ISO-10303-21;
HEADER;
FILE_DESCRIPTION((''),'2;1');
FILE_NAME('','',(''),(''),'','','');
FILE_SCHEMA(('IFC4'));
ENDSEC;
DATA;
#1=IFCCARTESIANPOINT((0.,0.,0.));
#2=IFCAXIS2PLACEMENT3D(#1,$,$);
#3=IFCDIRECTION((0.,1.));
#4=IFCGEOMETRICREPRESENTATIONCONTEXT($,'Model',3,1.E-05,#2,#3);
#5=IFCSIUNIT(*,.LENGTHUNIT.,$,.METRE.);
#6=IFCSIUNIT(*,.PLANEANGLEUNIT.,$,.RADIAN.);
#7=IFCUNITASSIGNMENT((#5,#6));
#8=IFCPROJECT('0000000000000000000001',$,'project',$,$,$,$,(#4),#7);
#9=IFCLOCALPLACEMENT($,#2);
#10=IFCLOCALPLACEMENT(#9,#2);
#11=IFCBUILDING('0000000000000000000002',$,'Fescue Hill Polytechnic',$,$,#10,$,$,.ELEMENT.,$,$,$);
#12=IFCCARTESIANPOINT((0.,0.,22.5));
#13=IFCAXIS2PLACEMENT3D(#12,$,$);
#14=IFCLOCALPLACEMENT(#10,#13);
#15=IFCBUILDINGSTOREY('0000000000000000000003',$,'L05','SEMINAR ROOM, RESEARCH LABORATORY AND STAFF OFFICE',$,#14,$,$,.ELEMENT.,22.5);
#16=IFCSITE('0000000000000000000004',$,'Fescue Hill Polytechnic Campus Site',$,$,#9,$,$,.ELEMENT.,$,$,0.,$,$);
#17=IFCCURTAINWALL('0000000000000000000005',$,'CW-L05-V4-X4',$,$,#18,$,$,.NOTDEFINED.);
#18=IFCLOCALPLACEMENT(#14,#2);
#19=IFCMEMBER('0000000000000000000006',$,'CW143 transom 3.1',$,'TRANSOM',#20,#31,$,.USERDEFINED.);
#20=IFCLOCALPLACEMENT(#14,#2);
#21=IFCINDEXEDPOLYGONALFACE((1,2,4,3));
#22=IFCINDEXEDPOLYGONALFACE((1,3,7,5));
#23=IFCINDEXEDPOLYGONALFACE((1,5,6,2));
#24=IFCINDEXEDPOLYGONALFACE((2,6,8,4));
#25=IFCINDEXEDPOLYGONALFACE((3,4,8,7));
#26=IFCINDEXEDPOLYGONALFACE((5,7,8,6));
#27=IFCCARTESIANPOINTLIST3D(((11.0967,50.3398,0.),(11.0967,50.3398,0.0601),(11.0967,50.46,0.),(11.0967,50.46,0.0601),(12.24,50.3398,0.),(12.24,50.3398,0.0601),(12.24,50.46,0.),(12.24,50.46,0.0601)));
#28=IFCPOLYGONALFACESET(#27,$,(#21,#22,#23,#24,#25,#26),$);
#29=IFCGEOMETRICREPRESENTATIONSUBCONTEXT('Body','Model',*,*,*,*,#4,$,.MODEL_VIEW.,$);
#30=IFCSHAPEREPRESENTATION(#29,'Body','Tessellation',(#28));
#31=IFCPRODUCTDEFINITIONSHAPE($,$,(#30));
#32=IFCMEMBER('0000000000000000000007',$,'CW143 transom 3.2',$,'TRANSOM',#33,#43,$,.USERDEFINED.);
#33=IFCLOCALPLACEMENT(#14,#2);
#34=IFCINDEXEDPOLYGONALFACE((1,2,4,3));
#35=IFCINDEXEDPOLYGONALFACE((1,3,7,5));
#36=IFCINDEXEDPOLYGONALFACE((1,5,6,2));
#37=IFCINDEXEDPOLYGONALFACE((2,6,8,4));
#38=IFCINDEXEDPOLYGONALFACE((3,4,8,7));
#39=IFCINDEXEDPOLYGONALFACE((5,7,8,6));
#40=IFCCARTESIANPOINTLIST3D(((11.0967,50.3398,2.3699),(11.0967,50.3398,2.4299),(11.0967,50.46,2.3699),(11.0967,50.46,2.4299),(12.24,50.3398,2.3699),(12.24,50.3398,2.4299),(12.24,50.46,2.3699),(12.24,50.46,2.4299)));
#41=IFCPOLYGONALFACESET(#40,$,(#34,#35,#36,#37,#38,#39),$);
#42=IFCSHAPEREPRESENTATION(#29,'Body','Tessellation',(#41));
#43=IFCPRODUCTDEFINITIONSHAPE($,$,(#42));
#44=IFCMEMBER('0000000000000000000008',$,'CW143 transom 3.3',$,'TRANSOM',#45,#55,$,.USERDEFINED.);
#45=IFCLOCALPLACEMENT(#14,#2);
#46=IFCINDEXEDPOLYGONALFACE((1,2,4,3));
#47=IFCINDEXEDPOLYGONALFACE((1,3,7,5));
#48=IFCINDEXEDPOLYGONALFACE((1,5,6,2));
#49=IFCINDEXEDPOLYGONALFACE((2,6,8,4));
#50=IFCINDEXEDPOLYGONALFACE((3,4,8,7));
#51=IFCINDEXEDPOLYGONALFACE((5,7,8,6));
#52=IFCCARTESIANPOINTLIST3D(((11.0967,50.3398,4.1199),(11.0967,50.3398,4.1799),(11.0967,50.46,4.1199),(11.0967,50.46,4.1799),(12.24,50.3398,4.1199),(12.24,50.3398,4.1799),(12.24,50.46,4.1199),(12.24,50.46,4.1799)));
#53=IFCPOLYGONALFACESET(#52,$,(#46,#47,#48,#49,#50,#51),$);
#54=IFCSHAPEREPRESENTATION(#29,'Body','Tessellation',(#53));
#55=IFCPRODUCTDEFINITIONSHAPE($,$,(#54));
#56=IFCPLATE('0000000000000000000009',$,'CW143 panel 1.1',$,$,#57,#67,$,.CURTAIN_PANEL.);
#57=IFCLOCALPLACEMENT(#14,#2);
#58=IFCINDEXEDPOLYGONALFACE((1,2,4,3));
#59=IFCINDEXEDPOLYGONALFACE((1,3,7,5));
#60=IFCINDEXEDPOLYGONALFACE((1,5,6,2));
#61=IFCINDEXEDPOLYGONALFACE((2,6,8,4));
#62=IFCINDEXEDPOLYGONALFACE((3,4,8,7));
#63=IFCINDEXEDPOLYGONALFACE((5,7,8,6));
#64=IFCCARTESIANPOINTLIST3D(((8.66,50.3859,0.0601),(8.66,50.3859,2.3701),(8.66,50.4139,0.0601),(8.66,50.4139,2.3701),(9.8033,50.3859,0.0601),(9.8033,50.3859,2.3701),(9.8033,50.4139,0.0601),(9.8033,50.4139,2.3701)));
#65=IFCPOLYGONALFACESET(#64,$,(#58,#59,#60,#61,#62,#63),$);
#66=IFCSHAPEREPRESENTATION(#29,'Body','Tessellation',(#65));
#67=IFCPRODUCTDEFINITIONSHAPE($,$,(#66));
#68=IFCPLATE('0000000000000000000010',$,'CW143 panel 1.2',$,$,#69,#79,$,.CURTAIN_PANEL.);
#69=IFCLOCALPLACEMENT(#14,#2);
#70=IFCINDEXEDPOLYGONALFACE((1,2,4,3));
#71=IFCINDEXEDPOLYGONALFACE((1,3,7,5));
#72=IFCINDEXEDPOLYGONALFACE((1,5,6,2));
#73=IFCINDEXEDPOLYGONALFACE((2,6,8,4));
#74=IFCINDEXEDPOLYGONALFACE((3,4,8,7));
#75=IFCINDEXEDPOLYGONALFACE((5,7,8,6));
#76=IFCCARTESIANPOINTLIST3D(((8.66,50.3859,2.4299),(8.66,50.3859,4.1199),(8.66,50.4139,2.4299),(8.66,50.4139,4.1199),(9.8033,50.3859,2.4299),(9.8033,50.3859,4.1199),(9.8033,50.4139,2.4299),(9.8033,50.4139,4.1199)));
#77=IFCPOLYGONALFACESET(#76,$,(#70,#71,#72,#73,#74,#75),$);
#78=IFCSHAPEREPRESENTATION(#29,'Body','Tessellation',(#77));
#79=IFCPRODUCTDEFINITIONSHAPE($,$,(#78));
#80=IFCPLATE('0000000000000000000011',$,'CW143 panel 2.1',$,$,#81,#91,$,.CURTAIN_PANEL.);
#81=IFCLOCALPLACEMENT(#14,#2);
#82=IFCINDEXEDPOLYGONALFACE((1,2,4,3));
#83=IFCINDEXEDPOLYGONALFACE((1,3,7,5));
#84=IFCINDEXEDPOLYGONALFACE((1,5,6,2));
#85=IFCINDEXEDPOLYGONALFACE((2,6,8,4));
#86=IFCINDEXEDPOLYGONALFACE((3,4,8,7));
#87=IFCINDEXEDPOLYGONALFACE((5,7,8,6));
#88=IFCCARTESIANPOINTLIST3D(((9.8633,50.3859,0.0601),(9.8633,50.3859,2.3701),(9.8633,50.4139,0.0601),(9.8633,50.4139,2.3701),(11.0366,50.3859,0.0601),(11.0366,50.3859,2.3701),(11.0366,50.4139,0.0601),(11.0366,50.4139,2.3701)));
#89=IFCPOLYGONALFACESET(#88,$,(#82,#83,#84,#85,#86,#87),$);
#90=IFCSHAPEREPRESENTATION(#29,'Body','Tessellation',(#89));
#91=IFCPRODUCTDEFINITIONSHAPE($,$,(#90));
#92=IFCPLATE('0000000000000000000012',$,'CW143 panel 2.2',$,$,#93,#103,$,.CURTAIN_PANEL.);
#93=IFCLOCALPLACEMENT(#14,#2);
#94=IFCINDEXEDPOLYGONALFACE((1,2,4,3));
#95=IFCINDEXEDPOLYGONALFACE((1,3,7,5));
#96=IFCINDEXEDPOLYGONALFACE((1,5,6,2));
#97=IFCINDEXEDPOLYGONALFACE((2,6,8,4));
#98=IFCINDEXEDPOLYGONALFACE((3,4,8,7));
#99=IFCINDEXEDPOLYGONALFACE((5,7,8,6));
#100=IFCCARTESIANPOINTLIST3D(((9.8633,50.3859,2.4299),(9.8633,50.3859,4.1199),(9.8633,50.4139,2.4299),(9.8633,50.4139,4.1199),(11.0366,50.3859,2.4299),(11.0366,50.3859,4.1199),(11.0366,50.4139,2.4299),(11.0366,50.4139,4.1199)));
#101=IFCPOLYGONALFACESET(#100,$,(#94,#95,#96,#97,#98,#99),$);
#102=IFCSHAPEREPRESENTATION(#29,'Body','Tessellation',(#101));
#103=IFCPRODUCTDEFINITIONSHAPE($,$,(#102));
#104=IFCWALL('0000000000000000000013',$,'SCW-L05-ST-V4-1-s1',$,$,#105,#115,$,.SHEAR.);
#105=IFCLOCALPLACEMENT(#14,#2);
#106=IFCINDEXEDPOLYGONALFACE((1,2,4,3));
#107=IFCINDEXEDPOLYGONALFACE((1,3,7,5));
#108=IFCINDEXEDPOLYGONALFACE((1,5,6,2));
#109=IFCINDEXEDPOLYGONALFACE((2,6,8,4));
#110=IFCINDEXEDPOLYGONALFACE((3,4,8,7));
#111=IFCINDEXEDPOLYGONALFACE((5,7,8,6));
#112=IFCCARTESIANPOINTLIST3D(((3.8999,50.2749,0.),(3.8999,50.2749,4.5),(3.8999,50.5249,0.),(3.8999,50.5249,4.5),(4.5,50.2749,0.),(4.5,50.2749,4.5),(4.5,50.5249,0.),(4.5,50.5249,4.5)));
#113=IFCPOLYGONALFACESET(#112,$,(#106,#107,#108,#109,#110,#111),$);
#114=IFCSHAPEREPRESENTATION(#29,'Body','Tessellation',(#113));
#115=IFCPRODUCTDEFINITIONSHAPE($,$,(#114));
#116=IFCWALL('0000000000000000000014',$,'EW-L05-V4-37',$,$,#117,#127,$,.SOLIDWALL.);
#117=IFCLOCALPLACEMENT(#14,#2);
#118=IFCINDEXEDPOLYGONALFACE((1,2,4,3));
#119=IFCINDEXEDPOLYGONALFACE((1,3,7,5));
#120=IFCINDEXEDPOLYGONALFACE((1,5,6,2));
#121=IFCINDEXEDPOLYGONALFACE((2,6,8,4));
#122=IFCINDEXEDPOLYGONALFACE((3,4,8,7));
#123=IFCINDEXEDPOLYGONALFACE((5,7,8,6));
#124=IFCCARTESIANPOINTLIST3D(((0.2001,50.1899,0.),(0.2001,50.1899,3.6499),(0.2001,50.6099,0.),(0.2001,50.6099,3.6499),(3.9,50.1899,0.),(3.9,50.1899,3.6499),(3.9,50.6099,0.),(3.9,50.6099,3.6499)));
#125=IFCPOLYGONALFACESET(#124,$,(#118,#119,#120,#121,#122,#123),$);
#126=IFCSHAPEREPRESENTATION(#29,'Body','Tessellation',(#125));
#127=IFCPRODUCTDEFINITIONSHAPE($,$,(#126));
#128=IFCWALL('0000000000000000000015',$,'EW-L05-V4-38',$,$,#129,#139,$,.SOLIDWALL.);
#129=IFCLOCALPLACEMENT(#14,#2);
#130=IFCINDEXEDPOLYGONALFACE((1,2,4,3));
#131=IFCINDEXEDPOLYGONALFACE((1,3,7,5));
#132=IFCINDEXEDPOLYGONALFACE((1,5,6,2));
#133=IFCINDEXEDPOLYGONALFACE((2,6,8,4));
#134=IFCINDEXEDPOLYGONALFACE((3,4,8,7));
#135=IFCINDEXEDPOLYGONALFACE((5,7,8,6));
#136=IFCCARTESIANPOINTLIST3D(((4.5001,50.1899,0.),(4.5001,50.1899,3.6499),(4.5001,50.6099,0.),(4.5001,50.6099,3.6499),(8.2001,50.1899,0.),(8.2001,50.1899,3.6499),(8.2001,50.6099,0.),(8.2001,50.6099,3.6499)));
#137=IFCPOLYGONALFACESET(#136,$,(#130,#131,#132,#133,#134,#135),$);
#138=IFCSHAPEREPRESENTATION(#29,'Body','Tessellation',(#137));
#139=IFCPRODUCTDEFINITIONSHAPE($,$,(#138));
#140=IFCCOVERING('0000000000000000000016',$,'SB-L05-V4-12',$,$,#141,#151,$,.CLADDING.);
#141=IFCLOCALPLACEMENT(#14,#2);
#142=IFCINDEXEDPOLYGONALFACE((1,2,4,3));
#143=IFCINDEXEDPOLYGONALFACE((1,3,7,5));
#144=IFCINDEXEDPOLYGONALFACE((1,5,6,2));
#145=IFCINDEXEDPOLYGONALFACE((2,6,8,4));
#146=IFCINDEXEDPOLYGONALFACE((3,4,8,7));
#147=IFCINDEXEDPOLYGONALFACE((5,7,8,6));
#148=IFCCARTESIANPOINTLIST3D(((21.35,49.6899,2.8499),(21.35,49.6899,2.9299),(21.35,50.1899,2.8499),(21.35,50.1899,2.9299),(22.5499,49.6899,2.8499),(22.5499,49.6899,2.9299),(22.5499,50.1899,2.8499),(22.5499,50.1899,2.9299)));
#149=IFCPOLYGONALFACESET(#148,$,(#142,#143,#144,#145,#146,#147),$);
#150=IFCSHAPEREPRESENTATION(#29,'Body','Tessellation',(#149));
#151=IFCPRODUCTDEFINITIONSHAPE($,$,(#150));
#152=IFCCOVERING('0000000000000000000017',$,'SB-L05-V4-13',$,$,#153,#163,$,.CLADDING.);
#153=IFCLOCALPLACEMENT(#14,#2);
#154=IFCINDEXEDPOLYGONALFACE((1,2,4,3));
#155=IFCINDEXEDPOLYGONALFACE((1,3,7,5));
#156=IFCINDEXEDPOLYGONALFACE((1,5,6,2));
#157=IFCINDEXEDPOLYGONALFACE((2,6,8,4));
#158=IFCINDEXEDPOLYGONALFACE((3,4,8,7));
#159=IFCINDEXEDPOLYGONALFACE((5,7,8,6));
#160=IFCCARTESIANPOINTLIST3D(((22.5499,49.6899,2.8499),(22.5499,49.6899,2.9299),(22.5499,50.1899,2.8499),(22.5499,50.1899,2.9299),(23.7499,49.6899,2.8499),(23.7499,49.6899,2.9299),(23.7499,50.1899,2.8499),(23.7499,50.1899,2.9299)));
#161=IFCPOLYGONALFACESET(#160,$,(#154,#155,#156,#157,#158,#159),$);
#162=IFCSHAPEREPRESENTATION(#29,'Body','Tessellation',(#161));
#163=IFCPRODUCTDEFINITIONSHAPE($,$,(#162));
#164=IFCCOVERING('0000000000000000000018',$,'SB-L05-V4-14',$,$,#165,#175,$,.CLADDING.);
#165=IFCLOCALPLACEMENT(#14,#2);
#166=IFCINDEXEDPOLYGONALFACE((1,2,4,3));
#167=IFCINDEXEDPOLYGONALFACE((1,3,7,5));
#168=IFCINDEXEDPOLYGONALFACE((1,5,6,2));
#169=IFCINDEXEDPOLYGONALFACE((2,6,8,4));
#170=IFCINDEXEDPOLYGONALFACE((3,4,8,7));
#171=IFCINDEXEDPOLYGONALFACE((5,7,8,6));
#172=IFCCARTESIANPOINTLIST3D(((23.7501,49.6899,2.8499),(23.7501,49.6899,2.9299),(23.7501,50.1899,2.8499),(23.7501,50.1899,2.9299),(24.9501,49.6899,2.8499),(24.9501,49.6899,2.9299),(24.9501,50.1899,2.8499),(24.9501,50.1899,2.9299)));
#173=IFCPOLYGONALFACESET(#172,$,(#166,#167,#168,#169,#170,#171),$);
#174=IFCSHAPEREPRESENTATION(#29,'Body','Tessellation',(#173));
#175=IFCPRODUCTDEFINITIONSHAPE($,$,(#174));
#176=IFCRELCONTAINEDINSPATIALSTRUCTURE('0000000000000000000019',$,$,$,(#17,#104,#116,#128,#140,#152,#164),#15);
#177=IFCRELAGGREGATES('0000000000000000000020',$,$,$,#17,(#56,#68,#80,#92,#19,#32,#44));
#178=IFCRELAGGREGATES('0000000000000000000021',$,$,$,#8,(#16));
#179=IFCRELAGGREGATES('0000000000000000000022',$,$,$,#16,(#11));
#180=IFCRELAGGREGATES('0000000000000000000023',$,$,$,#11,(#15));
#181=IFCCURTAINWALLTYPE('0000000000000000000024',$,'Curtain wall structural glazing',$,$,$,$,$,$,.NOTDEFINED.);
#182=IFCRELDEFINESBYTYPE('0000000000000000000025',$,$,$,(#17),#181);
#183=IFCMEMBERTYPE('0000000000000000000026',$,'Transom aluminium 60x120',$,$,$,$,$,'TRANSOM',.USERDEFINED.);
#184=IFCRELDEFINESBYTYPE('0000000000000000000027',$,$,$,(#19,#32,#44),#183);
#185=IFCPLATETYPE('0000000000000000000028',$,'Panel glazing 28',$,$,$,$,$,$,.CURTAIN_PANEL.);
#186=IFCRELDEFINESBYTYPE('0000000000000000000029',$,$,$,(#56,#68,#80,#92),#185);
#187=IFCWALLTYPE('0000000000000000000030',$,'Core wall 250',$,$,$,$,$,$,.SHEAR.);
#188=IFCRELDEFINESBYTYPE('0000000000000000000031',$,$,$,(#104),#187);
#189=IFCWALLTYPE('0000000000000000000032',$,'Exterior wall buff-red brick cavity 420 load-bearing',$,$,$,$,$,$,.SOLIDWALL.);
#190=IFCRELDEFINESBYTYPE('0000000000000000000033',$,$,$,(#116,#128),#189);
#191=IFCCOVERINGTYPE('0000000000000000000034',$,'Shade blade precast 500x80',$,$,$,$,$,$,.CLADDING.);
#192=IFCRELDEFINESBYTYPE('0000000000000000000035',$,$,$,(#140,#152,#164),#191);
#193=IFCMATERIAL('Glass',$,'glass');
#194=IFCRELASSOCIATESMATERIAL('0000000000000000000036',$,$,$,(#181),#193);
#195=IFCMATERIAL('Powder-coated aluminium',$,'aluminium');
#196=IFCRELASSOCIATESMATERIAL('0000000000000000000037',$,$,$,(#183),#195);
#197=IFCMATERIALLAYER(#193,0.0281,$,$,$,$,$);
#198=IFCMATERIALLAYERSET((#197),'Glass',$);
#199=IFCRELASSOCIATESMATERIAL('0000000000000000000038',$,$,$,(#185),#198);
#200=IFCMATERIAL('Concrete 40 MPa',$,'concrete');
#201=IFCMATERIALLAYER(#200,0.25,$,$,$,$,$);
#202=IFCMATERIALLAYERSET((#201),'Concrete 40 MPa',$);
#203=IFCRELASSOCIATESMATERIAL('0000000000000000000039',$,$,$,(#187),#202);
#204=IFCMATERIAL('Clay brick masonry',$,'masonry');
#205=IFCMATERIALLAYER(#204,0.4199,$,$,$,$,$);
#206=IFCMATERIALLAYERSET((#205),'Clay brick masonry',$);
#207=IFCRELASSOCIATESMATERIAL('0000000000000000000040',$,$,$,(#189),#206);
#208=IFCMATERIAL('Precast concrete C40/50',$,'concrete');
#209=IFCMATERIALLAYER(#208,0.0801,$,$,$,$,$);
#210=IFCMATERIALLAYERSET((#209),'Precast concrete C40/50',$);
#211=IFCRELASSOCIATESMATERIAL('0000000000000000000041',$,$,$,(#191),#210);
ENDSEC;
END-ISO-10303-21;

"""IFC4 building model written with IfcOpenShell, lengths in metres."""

from ifc_helpers import new_model, si_unit, direction, frame, frame_2d, origin, origin_2d, place, context, subcontext, project, spatial, rectangle, extrude, material, layer, layer_set, material_profile, profile_set, type_object, element, aggregate, save


model = new_model("IFC4")

# Units and contexts
model_context = context("Model", 3, precision=1e-05, world=origin(), true_north=direction((0.0, 1.0)))
body_context = subcontext(model_context, "Body", "Model", "MODEL_VIEW")
ifc_project = project(units=[si_unit("LENGTHUNIT", "METRE"), si_unit("PLANEANGLEUNIT", "RADIAN")], contexts=[model_context])

# Site, building, storey
site_placement = place(None, origin())
site = spatial("IfcSite", under=ifc_project, at=site_placement, Name="Fescue Hill Polytechnic Campus Site", CompositionType="ELEMENT", RefElevation=0.0)
building_placement = place(site_placement, origin())
building = spatial("IfcBuilding", under=site, at=building_placement, Name="Fescue Hill Polytechnic", CompositionType="ELEMENT")
storey_placement = place(building_placement, frame((0.0, 0.0, 22.5)))
storey = spatial("IfcBuildingStorey", under=building, at=storey_placement, Name="L05", Description="SEMINAR ROOM, RESEARCH LABORATORY AND STAFF OFFICE", CompositionType="ELEMENT", Elevation=22.5)

# Shared definitions
ifc_material_1 = material(Name="Concrete 40 MPa", Category="concrete")

# Curtain wall, members, plates
ifc_material_2 = material(Name="Glass", Category="glass")
curtain_wall_type = type_object("IfcCurtainWallType", Name="Curtain wall structural glazing", PredefinedType="NOTDEFINED", material=ifc_material_2)
curtain_wall_placement = place(storey_placement, origin())
curtain_wall = element("IfcCurtainWall", 1, at=curtain_wall_placement, inside=storey, type_object=curtain_wall_type, Name="CW-L05-V4-X4", PredefinedType="NOTDEFINED")
ifc_material_3 = material(Name="Powder-coated aluminium", Category="aluminium")
ifc_material_profile_1 = material_profile(ifc_material_3, rectangle(XDim=0.1201, YDim=0.0601, at=origin_2d()), Name="Transom aluminium 60x120")
ifc_profile_set_1 = profile_set([ifc_material_profile_1], Name="Powder-coated aluminium")
member_type_1 = type_object("IfcMemberType", Name="Transom aluminium 60x120", ElementType="TRANSOM", PredefinedType="USERDEFINED", material=ifc_profile_set_1)
member_1_placement = place(storey_placement, frame((11.0967, 50.3999, 0.03), z_axis=(1.0, 0.0, 0.0), x_axis=(0.0, 1.0, 0.0)))
member_1 = element("IfcMember", 2, at=member_1_placement, type_object=member_type_1, Name="CW143 transom 3.1", ObjectType="TRANSOM", PredefinedType="USERDEFINED", context=body_context, shape_type="SweptSolid", body=[
    extrude(rectangle(XDim=0.1201, YDim=0.0601, at=origin_2d()), origin(), (0.0, 0.0, 1.0), 1.1433),
])
member_2_placement = place(storey_placement, frame((11.0967, 50.3999, 2.3999), z_axis=(1.0, 0.0, 0.0), x_axis=(0.0, 1.0, 0.0)))
member_2 = element("IfcMember", 3, at=member_2_placement, type_object=member_type_1, Name="CW143 transom 3.2", ObjectType="TRANSOM", PredefinedType="USERDEFINED", context=body_context, shape_type="SweptSolid", body=[
    extrude(rectangle(XDim=0.1201, YDim=0.0601, at=origin_2d()), origin(), (0.0, 0.0, 1.0), 1.1433),
])
member_3_placement = place(storey_placement, frame((11.0967, 50.3999, 4.1499), z_axis=(1.0, 0.0, 0.0), x_axis=(0.0, 1.0, 0.0)))
member_3 = element("IfcMember", 4, at=member_3_placement, type_object=member_type_1, Name="CW143 transom 3.3", ObjectType="TRANSOM", PredefinedType="USERDEFINED", context=body_context, shape_type="SweptSolid", body=[
    extrude(rectangle(XDim=0.1201, YDim=0.0601, at=origin_2d()), origin(), (0.0, 0.0, 1.0), 1.1433),
])
ifc_layer_1 = layer(ifc_material_2, 0.0281)
ifc_layer_set_1 = layer_set([ifc_layer_1], Name="Glass")
plate_type = type_object("IfcPlateType", Name="Panel glazing 28", PredefinedType="CURTAIN_PANEL", material=ifc_layer_set_1)
plate_1_placement = place(storey_placement, frame((9.2317, 50.3999, 0.0601), z_axis=(0.0, 0.0, 1.0), x_axis=(1.0, 0.0, 0.0)))
plate_1 = element("IfcPlate", 5, at=plate_1_placement, type_object=plate_type, Name="CW143 panel 1.1", PredefinedType="CURTAIN_PANEL", context=body_context, shape_type="SweptSolid", body=[
    extrude(rectangle(XDim=1.1433, YDim=0.0281, at=origin_2d()), origin(), (0.0, 0.0, 1.0), 2.3101),
])
plate_2_placement = place(storey_placement, frame((9.2317, 50.3999, 2.4299), z_axis=(0.0, 0.0, 1.0), x_axis=(1.0, 0.0, 0.0)))
plate_2 = element("IfcPlate", 6, at=plate_2_placement, type_object=plate_type, Name="CW143 panel 1.2", PredefinedType="CURTAIN_PANEL", context=body_context, shape_type="SweptSolid", body=[
    extrude(rectangle(XDim=1.1433, YDim=0.0281, at=origin_2d()), origin(), (0.0, 0.0, 1.0), 1.6899),
])
plate_3_placement = place(storey_placement, frame((10.45, 50.3999, 0.0601), z_axis=(0.0, 0.0, 1.0), x_axis=(1.0, 0.0, 0.0)))
plate_3 = element("IfcPlate", 7, at=plate_3_placement, type_object=plate_type, Name="CW143 panel 2.1", PredefinedType="CURTAIN_PANEL", context=body_context, shape_type="SweptSolid", body=[
    extrude(rectangle(XDim=1.1733, YDim=0.0281, at=origin_2d()), origin(), (0.0, 0.0, 1.0), 2.3101),
])
plate_4_placement = place(storey_placement, frame((10.45, 50.3999, 2.4299), z_axis=(0.0, 0.0, 1.0), x_axis=(1.0, 0.0, 0.0)))
plate_4 = element("IfcPlate", 8, at=plate_4_placement, type_object=plate_type, Name="CW143 panel 2.2", PredefinedType="CURTAIN_PANEL", context=body_context, shape_type="SweptSolid", body=[
    extrude(rectangle(XDim=1.1733, YDim=0.0281, at=origin_2d()), origin(), (0.0, 0.0, 1.0), 1.6899),
])
aggregate(curtain_wall, [plate_1, plate_2, plate_3, plate_4, member_1, member_2, member_3])

# Walls
ifc_layer_2 = layer(ifc_material_1, 0.25)
ifc_layer_set_2 = layer_set([ifc_layer_2], Name="Concrete 40 MPa")
wall_type_1 = type_object("IfcWallType", Name="Core wall 250", PredefinedType="SHEAR", material=ifc_layer_set_2)
wall_placement = place(storey_placement, frame((3.8999, 50.3999, 0.0), z_axis=(0.0, 0.0, 1.0), x_axis=(1.0, 0.0, 0.0)))
element("IfcWall", 9, at=wall_placement, inside=storey, type_object=wall_type_1, Name="SCW-L05-ST-V4-1-s1", PredefinedType="SHEAR", context=body_context, shape_type="SweptSolid", body=[
    extrude(rectangle(XDim=0.6001, YDim=0.25, at=frame_2d((0.3, 0.0))), origin(), (0.0, 0.0, 1.0), 4.5),
])
ifc_material_4 = material(Name="Clay brick masonry", Category="masonry")
ifc_layer_3 = layer(ifc_material_4, 0.4199)
ifc_layer_set_3 = layer_set([ifc_layer_3], Name="Clay brick masonry")
wall_type_2 = type_object("IfcWallType", Name="Exterior wall buff-red brick cavity 420 load-bearing", PredefinedType="SOLIDWALL", material=ifc_layer_set_3)
for number, where, z_axis, x_axis, name in (
    (10, (0.2, 50.3999, 0.0), (0.0, 0.0, 1.0), (1.0, 0.0, 0.0), "EW-L05-V4-37"),
    (11, (4.5, 50.3999, 0.0), (0.0, 0.0, 1.0), (1.0, 0.0, 0.0), "EW-L05-V4-38"),
):
    element("IfcWall", number, at=place(storey_placement, frame(where, z_axis=z_axis, x_axis=x_axis)), inside=storey, type_object=wall_type_2, Name=name, PredefinedType="SOLIDWALL", context=body_context, shape_type="SweptSolid", body=[
        extrude(rectangle(XDim=3.7, YDim=0.4199, at=frame_2d((1.8501, 0.0))), origin(), (0.0, 0.0, 1.0), 3.6499),
    ])

# Coverings
ifc_material_5 = material(Name="Precast concrete C40/50", Category="concrete")
ifc_layer_4 = layer(ifc_material_5, 0.0801)
ifc_layer_set_4 = layer_set([ifc_layer_4], Name="Precast concrete C40/50")
covering_type = type_object("IfcCoveringType", Name="Shade blade precast 500x80", PredefinedType="CLADDING", material=ifc_layer_set_4)
for number, where, z_axis, x_axis, name in (
    (12, (21.95, 49.9399, 2.8499), (0.0, 0.0, 1.0), (1.0, 0.0, 0.0), "SB-L05-V4-12"),
    (13, (23.1499, 49.9399, 2.8499), (0.0, 0.0, 1.0), (1.0, 0.0, 0.0), "SB-L05-V4-13"),
    (14, (24.3501, 49.9399, 2.8499), (0.0, 0.0, 1.0), (1.0, 0.0, 0.0), "SB-L05-V4-14"),
):
    element("IfcCovering", number, at=place(storey_placement, frame(where, z_axis=z_axis, x_axis=x_axis)), inside=storey, type_object=covering_type, Name=name, PredefinedType="CLADDING", context=body_context, shape_type="SweptSolid", body=[
        extrude(rectangle(XDim=1.2, YDim=0.5, at=origin_2d()), origin(), (0.0, 0.0, 1.0), 0.0801),
    ])

save(model, "model.ifc")
